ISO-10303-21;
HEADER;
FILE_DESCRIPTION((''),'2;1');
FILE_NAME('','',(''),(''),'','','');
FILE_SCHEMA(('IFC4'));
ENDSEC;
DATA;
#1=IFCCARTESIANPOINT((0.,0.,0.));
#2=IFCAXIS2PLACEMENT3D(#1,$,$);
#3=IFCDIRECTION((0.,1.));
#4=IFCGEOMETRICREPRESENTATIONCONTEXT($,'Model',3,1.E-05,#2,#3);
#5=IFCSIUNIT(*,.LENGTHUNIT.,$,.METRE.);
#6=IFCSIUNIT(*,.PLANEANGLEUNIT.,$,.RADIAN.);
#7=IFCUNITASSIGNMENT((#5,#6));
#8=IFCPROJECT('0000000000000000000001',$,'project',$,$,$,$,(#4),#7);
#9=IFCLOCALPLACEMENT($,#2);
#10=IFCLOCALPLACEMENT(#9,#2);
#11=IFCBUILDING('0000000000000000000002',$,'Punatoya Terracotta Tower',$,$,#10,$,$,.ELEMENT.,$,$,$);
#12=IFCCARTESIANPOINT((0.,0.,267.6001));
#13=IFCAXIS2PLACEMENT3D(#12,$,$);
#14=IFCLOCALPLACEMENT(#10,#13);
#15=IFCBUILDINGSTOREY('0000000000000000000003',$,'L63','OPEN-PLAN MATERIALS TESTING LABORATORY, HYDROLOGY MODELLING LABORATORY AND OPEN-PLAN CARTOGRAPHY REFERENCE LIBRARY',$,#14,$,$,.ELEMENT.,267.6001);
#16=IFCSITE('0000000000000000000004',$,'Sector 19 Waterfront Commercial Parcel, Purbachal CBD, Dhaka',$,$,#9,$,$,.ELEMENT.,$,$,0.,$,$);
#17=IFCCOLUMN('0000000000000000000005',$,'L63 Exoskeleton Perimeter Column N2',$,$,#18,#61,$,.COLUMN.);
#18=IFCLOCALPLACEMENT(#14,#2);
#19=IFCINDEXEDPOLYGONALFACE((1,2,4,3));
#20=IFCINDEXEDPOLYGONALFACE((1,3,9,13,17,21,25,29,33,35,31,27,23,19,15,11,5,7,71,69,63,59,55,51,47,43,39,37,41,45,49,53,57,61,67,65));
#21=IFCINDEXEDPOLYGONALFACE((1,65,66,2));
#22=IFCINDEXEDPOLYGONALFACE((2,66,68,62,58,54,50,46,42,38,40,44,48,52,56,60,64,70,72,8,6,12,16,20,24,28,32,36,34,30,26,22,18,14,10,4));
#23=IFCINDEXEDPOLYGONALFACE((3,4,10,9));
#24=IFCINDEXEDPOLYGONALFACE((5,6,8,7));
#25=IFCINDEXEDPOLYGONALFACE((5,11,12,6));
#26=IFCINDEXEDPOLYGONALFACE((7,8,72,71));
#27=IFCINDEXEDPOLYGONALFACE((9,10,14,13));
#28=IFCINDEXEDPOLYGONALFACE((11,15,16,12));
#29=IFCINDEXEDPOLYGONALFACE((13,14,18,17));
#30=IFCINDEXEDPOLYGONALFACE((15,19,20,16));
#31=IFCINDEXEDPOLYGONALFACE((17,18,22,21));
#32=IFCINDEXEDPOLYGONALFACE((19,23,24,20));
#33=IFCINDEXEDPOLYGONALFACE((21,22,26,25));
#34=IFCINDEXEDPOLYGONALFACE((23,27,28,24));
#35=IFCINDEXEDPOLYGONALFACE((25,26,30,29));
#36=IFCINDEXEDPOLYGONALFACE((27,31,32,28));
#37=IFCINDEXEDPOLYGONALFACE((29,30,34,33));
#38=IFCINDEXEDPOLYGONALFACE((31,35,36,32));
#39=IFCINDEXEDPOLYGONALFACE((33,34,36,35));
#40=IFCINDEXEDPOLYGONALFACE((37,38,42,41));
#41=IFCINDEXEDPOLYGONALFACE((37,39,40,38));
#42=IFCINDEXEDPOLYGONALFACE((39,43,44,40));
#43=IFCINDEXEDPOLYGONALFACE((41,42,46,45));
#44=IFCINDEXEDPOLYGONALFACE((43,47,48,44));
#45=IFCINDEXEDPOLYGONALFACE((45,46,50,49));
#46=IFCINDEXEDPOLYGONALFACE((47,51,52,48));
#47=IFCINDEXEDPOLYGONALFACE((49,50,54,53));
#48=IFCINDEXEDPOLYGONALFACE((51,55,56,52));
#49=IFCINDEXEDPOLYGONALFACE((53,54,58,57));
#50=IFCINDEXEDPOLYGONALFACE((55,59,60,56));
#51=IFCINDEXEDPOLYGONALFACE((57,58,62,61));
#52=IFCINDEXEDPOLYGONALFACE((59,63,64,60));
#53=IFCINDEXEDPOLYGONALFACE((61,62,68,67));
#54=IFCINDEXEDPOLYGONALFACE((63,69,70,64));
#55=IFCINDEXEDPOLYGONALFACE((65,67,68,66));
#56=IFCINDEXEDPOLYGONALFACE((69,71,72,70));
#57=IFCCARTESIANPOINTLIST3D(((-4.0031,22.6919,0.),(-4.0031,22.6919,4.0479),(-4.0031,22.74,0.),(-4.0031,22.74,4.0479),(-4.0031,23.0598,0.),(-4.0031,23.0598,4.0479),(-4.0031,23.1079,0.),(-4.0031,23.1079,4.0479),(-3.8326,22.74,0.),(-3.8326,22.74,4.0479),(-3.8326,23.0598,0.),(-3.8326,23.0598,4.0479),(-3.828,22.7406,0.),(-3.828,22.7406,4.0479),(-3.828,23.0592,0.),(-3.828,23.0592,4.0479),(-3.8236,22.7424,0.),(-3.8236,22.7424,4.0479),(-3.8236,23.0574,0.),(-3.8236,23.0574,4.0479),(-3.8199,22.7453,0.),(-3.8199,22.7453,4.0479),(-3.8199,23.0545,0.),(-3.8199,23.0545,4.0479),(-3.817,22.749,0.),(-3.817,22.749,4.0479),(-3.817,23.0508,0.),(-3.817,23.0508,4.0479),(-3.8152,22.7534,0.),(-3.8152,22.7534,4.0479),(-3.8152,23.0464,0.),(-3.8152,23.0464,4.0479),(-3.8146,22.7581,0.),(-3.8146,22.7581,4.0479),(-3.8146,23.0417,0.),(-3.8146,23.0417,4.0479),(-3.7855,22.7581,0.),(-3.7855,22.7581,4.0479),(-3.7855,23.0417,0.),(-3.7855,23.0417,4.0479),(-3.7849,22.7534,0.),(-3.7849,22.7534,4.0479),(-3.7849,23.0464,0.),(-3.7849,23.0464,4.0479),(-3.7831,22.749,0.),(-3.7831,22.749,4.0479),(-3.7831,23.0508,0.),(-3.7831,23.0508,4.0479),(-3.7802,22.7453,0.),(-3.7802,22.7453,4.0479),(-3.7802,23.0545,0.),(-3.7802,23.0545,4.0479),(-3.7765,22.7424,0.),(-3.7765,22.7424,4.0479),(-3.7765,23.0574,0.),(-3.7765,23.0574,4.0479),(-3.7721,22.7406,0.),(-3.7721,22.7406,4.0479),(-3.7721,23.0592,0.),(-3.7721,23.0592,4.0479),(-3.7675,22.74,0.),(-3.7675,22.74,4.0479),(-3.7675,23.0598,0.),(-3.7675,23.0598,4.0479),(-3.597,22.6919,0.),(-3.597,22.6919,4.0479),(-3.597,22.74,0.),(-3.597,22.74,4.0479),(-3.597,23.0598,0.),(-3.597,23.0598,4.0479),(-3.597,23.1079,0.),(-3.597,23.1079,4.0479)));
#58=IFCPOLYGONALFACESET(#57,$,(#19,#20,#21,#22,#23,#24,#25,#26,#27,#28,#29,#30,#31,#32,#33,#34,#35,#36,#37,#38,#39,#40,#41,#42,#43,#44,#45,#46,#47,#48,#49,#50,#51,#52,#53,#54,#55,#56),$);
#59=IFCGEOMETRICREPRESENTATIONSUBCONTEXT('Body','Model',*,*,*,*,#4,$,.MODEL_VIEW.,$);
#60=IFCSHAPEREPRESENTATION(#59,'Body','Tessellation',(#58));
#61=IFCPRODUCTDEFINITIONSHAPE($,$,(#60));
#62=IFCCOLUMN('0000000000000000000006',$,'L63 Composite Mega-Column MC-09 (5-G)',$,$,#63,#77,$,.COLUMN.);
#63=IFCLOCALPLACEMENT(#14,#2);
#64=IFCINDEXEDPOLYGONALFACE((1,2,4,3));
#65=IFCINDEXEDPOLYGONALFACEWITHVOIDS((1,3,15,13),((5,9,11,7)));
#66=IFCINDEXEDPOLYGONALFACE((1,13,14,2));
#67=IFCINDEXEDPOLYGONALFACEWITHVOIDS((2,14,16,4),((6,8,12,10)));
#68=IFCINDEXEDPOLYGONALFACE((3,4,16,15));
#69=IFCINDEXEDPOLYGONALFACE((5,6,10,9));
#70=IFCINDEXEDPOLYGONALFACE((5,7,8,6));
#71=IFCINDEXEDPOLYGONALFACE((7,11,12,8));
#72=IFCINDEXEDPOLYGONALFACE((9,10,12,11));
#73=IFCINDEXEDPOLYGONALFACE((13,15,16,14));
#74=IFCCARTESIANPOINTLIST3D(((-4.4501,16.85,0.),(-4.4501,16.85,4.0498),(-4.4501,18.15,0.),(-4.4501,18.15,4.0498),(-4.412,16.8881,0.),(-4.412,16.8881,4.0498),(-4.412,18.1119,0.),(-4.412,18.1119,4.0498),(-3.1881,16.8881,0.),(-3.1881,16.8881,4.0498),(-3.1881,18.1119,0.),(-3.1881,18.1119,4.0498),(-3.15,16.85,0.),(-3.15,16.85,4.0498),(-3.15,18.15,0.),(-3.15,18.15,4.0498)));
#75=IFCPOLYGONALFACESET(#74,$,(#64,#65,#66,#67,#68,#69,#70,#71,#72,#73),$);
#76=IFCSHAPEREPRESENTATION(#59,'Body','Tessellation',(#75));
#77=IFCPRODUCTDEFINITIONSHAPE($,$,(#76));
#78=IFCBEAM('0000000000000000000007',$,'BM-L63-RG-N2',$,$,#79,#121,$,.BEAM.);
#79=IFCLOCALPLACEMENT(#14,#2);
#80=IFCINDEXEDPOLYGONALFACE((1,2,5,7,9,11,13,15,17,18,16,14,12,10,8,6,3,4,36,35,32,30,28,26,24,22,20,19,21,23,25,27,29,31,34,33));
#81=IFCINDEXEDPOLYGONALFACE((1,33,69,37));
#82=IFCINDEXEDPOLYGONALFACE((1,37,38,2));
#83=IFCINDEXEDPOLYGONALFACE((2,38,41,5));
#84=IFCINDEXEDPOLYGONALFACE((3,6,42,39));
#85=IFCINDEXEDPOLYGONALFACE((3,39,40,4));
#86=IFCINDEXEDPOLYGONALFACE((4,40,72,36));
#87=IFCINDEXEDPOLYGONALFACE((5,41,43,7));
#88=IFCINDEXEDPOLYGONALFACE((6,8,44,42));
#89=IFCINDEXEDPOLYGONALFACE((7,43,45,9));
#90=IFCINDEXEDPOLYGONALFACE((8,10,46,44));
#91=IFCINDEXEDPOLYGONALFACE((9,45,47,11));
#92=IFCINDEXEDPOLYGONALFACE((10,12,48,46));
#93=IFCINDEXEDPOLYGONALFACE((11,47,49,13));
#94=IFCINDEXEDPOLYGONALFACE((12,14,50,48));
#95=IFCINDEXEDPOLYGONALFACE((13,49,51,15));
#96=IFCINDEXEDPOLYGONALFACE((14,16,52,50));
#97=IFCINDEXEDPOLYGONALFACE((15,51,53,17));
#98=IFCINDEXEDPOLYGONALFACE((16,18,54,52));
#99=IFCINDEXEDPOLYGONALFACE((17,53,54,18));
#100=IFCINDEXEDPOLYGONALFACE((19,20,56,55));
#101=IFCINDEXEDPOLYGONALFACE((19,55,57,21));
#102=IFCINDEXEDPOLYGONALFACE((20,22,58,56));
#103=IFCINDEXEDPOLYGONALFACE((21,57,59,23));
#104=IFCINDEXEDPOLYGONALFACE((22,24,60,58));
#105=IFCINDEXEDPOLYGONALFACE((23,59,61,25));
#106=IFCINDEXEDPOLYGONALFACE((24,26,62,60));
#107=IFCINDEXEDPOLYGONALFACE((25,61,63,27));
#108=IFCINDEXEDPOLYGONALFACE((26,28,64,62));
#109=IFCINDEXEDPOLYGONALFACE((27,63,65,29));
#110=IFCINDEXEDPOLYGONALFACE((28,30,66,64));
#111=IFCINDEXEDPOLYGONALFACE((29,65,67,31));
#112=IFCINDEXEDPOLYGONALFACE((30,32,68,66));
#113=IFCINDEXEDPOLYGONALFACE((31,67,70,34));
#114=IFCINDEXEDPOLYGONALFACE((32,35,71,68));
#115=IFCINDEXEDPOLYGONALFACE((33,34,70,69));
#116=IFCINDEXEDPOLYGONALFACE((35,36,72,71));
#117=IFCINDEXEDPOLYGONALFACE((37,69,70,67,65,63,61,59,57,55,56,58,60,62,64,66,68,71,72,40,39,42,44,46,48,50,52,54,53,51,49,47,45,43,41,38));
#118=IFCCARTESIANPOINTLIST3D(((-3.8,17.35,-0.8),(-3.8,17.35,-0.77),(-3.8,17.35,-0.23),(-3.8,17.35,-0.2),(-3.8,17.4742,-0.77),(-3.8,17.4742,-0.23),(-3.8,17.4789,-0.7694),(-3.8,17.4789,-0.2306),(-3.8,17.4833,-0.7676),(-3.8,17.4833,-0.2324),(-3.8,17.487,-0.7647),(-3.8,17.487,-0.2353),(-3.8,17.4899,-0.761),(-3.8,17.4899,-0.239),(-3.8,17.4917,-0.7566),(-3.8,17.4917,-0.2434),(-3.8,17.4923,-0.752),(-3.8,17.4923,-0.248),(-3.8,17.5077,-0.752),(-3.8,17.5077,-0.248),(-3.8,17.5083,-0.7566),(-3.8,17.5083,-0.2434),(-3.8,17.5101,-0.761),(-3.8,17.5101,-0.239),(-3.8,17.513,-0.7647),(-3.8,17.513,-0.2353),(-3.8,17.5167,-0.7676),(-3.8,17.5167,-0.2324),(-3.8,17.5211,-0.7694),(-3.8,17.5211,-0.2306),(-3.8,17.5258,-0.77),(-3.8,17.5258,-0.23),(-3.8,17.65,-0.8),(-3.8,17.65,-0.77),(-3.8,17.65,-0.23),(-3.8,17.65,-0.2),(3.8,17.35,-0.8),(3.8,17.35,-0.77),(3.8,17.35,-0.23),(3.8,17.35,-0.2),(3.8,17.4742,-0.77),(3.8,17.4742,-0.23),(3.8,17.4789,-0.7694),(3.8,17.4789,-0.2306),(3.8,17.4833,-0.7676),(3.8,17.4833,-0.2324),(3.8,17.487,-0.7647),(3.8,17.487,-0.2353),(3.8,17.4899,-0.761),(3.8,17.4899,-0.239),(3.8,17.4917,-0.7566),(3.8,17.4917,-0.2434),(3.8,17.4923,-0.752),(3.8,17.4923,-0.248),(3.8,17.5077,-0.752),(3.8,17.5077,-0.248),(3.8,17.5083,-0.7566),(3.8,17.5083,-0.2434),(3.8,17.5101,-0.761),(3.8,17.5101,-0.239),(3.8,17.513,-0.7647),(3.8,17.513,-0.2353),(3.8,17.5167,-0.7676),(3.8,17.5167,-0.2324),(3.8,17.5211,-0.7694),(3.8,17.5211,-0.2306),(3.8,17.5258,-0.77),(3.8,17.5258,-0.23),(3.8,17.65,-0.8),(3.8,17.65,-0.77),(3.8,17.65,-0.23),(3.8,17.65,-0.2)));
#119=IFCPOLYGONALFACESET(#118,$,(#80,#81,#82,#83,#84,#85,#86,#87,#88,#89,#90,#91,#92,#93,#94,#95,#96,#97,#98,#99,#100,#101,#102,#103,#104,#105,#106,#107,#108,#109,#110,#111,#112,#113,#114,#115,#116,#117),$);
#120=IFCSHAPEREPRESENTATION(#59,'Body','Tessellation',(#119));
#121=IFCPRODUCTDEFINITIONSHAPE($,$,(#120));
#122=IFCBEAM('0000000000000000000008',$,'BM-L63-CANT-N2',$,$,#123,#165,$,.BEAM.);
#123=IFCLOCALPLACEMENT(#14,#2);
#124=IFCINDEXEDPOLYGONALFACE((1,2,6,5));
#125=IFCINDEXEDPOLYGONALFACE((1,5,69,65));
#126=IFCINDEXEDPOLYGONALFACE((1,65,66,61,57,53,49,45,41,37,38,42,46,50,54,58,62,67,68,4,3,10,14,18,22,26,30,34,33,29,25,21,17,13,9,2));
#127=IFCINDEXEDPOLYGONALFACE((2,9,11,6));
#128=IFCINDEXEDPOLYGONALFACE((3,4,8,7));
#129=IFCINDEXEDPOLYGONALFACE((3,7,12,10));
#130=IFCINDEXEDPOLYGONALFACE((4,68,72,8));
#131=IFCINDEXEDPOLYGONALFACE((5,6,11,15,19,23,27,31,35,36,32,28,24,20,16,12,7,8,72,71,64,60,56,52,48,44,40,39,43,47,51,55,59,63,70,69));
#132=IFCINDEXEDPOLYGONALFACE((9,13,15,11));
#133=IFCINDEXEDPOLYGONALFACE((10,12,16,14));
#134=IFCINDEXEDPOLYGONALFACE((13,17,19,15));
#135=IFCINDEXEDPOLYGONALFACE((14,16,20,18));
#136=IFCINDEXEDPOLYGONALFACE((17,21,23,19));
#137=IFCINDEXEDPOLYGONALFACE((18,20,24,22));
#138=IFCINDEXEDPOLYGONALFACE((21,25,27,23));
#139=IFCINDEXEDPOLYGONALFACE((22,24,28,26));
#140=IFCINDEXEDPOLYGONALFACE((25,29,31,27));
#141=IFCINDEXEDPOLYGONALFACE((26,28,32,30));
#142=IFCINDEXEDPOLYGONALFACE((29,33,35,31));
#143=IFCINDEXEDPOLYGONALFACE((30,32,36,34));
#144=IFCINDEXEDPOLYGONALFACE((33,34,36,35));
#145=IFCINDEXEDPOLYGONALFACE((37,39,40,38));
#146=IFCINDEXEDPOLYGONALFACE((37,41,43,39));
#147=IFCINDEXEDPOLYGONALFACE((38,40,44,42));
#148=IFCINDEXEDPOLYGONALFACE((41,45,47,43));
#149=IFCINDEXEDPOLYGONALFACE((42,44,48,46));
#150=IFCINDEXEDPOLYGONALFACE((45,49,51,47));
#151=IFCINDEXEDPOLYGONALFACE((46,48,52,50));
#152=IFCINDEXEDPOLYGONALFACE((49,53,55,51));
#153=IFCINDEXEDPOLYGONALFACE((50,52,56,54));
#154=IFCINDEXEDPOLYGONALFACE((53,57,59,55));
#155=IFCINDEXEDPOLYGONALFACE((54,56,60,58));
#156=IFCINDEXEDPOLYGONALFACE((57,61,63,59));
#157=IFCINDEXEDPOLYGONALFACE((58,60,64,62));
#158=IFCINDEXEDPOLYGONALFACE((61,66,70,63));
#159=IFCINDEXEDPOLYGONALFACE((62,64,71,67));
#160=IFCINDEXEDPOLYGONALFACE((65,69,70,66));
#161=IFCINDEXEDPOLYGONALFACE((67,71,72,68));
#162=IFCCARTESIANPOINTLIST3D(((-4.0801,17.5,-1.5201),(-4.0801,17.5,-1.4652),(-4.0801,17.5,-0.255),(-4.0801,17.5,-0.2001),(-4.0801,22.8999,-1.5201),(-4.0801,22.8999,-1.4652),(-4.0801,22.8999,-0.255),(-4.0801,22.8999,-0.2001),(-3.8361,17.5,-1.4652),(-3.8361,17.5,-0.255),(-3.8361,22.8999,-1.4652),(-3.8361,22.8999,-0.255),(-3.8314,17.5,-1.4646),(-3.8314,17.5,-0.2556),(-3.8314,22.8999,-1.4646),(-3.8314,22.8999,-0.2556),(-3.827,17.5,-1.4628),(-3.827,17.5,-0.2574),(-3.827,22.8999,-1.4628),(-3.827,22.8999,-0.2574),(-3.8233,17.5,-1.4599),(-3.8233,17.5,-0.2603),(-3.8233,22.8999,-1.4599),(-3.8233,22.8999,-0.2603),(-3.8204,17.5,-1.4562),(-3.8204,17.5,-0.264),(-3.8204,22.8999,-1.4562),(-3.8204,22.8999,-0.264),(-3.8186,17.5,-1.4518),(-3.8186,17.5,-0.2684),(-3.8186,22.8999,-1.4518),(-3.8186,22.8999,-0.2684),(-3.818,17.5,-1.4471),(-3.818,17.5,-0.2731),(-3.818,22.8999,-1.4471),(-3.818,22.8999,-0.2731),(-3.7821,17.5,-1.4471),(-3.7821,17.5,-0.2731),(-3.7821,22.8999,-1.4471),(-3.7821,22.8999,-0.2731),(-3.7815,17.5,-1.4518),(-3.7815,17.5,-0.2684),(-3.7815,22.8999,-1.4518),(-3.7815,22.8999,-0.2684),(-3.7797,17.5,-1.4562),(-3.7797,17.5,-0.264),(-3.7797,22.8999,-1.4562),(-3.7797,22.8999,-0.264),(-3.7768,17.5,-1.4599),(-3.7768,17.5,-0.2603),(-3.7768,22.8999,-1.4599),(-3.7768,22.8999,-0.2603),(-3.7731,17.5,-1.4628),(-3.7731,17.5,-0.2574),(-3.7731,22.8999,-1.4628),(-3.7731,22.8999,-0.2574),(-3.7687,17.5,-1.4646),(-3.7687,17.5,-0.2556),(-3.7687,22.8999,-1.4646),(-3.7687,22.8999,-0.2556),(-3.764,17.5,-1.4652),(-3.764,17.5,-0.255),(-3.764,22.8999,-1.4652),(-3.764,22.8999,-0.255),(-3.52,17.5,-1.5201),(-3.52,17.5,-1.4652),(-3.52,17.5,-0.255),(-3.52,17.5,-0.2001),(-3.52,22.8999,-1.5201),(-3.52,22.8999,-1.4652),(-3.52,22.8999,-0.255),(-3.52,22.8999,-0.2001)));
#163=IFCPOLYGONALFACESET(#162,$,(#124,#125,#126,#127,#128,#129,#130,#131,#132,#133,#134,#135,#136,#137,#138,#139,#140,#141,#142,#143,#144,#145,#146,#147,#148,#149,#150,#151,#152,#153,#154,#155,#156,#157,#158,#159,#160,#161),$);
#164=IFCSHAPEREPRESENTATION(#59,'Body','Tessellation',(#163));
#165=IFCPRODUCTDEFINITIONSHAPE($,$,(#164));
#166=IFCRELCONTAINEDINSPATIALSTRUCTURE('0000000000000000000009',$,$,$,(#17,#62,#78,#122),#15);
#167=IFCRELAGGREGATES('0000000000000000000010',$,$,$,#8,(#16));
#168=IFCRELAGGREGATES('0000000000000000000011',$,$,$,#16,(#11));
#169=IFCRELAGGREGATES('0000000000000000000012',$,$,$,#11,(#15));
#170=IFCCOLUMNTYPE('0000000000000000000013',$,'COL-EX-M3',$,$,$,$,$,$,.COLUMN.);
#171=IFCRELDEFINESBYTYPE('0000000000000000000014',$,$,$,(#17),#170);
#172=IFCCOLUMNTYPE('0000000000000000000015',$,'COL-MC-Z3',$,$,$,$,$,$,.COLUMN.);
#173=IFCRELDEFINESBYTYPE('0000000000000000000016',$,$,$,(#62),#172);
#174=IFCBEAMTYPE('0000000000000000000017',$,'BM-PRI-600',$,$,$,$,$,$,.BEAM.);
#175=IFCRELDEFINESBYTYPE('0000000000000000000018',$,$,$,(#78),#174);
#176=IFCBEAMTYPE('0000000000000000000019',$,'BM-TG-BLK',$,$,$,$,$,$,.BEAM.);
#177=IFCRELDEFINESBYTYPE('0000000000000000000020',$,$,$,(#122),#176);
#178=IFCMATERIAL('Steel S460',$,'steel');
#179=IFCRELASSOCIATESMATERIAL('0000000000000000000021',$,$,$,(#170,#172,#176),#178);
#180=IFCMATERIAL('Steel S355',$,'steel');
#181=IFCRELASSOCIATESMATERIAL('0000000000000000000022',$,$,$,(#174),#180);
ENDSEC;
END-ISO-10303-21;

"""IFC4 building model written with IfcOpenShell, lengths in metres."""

from ifc_helpers import new_model, si_unit, direction, frame, origin, origin_2d, place, context, subcontext, project, spatial, hollow_rectangle, i_section, extrude, material, material_profile, profile_set, type_object, element, save


model = new_model("IFC4")

# Units and contexts
model_context = context("Model", 3, precision=1e-05, world=origin(), true_north=direction((0.0, 1.0)))
body_context = subcontext(model_context, "Body", "Model", "MODEL_VIEW")
ifc_project = project(units=[si_unit("LENGTHUNIT", "METRE"), si_unit("PLANEANGLEUNIT", "RADIAN")], contexts=[model_context])

# Site, building, storey
site_placement = place(None, origin())
site = spatial("IfcSite", under=ifc_project, at=site_placement, Name="Sector 19 Waterfront Commercial Parcel, Purbachal CBD, Dhaka", CompositionType="ELEMENT", RefElevation=0.0)
building_placement = place(site_placement, origin())
building = spatial("IfcBuilding", under=site, at=building_placement, Name="Punatoya Terracotta Tower", CompositionType="ELEMENT")
storey_placement = place(building_placement, frame((0.0, 0.0, 267.6001)))
storey = spatial("IfcBuildingStorey", under=building, at=storey_placement, Name="L63", Description="OPEN-PLAN MATERIALS TESTING LABORATORY, HYDROLOGY MODELLING LABORATORY AND OPEN-PLAN CARTOGRAPHY REFERENCE LIBRARY", CompositionType="ELEMENT", Elevation=267.6001)

# Columns
ifc_material_1 = material(Name="Steel S460", Category="steel")
ifc_material_profile_1 = material_profile(ifc_material_1, i_section(OverallWidth=0.406, OverallDepth=0.416, WebThickness=0.0291, FlangeThickness=0.0481, FilletRadius=0.0181, at=origin_2d()))
ifc_profile_set_1 = profile_set([ifc_material_profile_1], Name="Steel S460")
column_type_1 = type_object("IfcColumnType", Name="COL-EX-M3", PredefinedType="COLUMN", material=ifc_profile_set_1)
column_1_placement = place(storey_placement, frame((-3.8, 22.8999, 0.0), z_axis=(0.0, 0.0, 1.0), x_axis=(1.0, 0.0, 0.0)))
element("IfcColumn", 1, at=column_1_placement, inside=storey, type_object=column_type_1, Name="L63 Exoskeleton Perimeter Column N2", PredefinedType="COLUMN", context=body_context, shape_type="SweptSolid", body=[
    extrude(i_section(OverallWidth=0.406, OverallDepth=0.416, WebThickness=0.0291, FlangeThickness=0.0481, FilletRadius=0.0181, at=origin_2d()), origin(), (0.0, 0.0, 1.0), 4.0479),
])
ifc_material_profile_2 = material_profile(ifc_material_1, hollow_rectangle(XDim=1.3, YDim=1.3, WallThickness=0.0381, at=origin_2d()))
ifc_profile_set_2 = profile_set([ifc_material_profile_2], Name="Steel S460")
column_type_2 = type_object("IfcColumnType", Name="COL-MC-Z3", PredefinedType="COLUMN", material=ifc_profile_set_2)
column_2_placement = place(storey_placement, frame((-3.8, 17.5, 0.0), z_axis=(0.0, 0.0, 1.0), x_axis=(1.0, 0.0, 0.0)))
element("IfcColumn", 2, at=column_2_placement, inside=storey, type_object=column_type_2, Name="L63 Composite Mega-Column MC-09 (5-G)", PredefinedType="COLUMN", context=body_context, shape_type="SweptSolid", body=[
    extrude(hollow_rectangle(XDim=1.3, YDim=1.3, WallThickness=0.0381, at=origin_2d()), origin(), (0.0, 0.0, 1.0), 4.0498),
])

# Beams
ifc_material_2 = material(Name="Steel S355", Category="steel")
ifc_material_profile_3 = material_profile(ifc_material_2, i_section(OverallWidth=0.3, OverallDepth=0.6001, WebThickness=0.0154, FlangeThickness=0.03, FilletRadius=0.0181, at=origin_2d()))
ifc_profile_set_3 = profile_set([ifc_material_profile_3], Name="Steel S355")
beam_type_1 = type_object("IfcBeamType", Name="BM-PRI-600", PredefinedType="BEAM", material=ifc_profile_set_3)
beam_1_placement = place(storey_placement, frame((-3.8, 17.5, -0.5), z_axis=(1.0, 0.0, 0.0), x_axis=(0.0, 1.0, 0.0)))
element("IfcBeam", 3, at=beam_1_placement, inside=storey, type_object=beam_type_1, Name="BM-L63-RG-N2", PredefinedType="BEAM", context=body_context, shape_type="SweptSolid", body=[
    extrude(i_section(OverallWidth=0.3, OverallDepth=0.6001, WebThickness=0.0154, FlangeThickness=0.03, FilletRadius=0.0181, at=origin_2d()), origin(), (0.0, 0.0, 1.0), 7.6001),
])
ifc_material_profile_4 = material_profile(ifc_material_1, i_section(OverallWidth=0.5601, OverallDepth=1.3201, WebThickness=0.0359, FlangeThickness=0.0549, FilletRadius=0.0181, at=origin_2d()))
ifc_profile_set_4 = profile_set([ifc_material_profile_4], Name="Steel S460")
beam_type_2 = type_object("IfcBeamType", Name="BM-TG-BLK", PredefinedType="BEAM", material=ifc_profile_set_4)
beam_2_placement = place(storey_placement, frame((-3.8, 17.5, -0.8601), z_axis=(0.0, 1.0, 0.0), x_axis=(-1.0, 0.0, 0.0)))
element("IfcBeam", 4, at=beam_2_placement, inside=storey, type_object=beam_type_2, Name="BM-L63-CANT-N2", PredefinedType="BEAM", context=body_context, shape_type="SweptSolid", body=[
    extrude(i_section(OverallWidth=0.5601, OverallDepth=1.3201, WebThickness=0.0359, FlangeThickness=0.0549, FilletRadius=0.0181, at=origin_2d()), origin(), (0.0, 0.0, 1.0), 5.3999),
])

save(model, "model.ifc")
